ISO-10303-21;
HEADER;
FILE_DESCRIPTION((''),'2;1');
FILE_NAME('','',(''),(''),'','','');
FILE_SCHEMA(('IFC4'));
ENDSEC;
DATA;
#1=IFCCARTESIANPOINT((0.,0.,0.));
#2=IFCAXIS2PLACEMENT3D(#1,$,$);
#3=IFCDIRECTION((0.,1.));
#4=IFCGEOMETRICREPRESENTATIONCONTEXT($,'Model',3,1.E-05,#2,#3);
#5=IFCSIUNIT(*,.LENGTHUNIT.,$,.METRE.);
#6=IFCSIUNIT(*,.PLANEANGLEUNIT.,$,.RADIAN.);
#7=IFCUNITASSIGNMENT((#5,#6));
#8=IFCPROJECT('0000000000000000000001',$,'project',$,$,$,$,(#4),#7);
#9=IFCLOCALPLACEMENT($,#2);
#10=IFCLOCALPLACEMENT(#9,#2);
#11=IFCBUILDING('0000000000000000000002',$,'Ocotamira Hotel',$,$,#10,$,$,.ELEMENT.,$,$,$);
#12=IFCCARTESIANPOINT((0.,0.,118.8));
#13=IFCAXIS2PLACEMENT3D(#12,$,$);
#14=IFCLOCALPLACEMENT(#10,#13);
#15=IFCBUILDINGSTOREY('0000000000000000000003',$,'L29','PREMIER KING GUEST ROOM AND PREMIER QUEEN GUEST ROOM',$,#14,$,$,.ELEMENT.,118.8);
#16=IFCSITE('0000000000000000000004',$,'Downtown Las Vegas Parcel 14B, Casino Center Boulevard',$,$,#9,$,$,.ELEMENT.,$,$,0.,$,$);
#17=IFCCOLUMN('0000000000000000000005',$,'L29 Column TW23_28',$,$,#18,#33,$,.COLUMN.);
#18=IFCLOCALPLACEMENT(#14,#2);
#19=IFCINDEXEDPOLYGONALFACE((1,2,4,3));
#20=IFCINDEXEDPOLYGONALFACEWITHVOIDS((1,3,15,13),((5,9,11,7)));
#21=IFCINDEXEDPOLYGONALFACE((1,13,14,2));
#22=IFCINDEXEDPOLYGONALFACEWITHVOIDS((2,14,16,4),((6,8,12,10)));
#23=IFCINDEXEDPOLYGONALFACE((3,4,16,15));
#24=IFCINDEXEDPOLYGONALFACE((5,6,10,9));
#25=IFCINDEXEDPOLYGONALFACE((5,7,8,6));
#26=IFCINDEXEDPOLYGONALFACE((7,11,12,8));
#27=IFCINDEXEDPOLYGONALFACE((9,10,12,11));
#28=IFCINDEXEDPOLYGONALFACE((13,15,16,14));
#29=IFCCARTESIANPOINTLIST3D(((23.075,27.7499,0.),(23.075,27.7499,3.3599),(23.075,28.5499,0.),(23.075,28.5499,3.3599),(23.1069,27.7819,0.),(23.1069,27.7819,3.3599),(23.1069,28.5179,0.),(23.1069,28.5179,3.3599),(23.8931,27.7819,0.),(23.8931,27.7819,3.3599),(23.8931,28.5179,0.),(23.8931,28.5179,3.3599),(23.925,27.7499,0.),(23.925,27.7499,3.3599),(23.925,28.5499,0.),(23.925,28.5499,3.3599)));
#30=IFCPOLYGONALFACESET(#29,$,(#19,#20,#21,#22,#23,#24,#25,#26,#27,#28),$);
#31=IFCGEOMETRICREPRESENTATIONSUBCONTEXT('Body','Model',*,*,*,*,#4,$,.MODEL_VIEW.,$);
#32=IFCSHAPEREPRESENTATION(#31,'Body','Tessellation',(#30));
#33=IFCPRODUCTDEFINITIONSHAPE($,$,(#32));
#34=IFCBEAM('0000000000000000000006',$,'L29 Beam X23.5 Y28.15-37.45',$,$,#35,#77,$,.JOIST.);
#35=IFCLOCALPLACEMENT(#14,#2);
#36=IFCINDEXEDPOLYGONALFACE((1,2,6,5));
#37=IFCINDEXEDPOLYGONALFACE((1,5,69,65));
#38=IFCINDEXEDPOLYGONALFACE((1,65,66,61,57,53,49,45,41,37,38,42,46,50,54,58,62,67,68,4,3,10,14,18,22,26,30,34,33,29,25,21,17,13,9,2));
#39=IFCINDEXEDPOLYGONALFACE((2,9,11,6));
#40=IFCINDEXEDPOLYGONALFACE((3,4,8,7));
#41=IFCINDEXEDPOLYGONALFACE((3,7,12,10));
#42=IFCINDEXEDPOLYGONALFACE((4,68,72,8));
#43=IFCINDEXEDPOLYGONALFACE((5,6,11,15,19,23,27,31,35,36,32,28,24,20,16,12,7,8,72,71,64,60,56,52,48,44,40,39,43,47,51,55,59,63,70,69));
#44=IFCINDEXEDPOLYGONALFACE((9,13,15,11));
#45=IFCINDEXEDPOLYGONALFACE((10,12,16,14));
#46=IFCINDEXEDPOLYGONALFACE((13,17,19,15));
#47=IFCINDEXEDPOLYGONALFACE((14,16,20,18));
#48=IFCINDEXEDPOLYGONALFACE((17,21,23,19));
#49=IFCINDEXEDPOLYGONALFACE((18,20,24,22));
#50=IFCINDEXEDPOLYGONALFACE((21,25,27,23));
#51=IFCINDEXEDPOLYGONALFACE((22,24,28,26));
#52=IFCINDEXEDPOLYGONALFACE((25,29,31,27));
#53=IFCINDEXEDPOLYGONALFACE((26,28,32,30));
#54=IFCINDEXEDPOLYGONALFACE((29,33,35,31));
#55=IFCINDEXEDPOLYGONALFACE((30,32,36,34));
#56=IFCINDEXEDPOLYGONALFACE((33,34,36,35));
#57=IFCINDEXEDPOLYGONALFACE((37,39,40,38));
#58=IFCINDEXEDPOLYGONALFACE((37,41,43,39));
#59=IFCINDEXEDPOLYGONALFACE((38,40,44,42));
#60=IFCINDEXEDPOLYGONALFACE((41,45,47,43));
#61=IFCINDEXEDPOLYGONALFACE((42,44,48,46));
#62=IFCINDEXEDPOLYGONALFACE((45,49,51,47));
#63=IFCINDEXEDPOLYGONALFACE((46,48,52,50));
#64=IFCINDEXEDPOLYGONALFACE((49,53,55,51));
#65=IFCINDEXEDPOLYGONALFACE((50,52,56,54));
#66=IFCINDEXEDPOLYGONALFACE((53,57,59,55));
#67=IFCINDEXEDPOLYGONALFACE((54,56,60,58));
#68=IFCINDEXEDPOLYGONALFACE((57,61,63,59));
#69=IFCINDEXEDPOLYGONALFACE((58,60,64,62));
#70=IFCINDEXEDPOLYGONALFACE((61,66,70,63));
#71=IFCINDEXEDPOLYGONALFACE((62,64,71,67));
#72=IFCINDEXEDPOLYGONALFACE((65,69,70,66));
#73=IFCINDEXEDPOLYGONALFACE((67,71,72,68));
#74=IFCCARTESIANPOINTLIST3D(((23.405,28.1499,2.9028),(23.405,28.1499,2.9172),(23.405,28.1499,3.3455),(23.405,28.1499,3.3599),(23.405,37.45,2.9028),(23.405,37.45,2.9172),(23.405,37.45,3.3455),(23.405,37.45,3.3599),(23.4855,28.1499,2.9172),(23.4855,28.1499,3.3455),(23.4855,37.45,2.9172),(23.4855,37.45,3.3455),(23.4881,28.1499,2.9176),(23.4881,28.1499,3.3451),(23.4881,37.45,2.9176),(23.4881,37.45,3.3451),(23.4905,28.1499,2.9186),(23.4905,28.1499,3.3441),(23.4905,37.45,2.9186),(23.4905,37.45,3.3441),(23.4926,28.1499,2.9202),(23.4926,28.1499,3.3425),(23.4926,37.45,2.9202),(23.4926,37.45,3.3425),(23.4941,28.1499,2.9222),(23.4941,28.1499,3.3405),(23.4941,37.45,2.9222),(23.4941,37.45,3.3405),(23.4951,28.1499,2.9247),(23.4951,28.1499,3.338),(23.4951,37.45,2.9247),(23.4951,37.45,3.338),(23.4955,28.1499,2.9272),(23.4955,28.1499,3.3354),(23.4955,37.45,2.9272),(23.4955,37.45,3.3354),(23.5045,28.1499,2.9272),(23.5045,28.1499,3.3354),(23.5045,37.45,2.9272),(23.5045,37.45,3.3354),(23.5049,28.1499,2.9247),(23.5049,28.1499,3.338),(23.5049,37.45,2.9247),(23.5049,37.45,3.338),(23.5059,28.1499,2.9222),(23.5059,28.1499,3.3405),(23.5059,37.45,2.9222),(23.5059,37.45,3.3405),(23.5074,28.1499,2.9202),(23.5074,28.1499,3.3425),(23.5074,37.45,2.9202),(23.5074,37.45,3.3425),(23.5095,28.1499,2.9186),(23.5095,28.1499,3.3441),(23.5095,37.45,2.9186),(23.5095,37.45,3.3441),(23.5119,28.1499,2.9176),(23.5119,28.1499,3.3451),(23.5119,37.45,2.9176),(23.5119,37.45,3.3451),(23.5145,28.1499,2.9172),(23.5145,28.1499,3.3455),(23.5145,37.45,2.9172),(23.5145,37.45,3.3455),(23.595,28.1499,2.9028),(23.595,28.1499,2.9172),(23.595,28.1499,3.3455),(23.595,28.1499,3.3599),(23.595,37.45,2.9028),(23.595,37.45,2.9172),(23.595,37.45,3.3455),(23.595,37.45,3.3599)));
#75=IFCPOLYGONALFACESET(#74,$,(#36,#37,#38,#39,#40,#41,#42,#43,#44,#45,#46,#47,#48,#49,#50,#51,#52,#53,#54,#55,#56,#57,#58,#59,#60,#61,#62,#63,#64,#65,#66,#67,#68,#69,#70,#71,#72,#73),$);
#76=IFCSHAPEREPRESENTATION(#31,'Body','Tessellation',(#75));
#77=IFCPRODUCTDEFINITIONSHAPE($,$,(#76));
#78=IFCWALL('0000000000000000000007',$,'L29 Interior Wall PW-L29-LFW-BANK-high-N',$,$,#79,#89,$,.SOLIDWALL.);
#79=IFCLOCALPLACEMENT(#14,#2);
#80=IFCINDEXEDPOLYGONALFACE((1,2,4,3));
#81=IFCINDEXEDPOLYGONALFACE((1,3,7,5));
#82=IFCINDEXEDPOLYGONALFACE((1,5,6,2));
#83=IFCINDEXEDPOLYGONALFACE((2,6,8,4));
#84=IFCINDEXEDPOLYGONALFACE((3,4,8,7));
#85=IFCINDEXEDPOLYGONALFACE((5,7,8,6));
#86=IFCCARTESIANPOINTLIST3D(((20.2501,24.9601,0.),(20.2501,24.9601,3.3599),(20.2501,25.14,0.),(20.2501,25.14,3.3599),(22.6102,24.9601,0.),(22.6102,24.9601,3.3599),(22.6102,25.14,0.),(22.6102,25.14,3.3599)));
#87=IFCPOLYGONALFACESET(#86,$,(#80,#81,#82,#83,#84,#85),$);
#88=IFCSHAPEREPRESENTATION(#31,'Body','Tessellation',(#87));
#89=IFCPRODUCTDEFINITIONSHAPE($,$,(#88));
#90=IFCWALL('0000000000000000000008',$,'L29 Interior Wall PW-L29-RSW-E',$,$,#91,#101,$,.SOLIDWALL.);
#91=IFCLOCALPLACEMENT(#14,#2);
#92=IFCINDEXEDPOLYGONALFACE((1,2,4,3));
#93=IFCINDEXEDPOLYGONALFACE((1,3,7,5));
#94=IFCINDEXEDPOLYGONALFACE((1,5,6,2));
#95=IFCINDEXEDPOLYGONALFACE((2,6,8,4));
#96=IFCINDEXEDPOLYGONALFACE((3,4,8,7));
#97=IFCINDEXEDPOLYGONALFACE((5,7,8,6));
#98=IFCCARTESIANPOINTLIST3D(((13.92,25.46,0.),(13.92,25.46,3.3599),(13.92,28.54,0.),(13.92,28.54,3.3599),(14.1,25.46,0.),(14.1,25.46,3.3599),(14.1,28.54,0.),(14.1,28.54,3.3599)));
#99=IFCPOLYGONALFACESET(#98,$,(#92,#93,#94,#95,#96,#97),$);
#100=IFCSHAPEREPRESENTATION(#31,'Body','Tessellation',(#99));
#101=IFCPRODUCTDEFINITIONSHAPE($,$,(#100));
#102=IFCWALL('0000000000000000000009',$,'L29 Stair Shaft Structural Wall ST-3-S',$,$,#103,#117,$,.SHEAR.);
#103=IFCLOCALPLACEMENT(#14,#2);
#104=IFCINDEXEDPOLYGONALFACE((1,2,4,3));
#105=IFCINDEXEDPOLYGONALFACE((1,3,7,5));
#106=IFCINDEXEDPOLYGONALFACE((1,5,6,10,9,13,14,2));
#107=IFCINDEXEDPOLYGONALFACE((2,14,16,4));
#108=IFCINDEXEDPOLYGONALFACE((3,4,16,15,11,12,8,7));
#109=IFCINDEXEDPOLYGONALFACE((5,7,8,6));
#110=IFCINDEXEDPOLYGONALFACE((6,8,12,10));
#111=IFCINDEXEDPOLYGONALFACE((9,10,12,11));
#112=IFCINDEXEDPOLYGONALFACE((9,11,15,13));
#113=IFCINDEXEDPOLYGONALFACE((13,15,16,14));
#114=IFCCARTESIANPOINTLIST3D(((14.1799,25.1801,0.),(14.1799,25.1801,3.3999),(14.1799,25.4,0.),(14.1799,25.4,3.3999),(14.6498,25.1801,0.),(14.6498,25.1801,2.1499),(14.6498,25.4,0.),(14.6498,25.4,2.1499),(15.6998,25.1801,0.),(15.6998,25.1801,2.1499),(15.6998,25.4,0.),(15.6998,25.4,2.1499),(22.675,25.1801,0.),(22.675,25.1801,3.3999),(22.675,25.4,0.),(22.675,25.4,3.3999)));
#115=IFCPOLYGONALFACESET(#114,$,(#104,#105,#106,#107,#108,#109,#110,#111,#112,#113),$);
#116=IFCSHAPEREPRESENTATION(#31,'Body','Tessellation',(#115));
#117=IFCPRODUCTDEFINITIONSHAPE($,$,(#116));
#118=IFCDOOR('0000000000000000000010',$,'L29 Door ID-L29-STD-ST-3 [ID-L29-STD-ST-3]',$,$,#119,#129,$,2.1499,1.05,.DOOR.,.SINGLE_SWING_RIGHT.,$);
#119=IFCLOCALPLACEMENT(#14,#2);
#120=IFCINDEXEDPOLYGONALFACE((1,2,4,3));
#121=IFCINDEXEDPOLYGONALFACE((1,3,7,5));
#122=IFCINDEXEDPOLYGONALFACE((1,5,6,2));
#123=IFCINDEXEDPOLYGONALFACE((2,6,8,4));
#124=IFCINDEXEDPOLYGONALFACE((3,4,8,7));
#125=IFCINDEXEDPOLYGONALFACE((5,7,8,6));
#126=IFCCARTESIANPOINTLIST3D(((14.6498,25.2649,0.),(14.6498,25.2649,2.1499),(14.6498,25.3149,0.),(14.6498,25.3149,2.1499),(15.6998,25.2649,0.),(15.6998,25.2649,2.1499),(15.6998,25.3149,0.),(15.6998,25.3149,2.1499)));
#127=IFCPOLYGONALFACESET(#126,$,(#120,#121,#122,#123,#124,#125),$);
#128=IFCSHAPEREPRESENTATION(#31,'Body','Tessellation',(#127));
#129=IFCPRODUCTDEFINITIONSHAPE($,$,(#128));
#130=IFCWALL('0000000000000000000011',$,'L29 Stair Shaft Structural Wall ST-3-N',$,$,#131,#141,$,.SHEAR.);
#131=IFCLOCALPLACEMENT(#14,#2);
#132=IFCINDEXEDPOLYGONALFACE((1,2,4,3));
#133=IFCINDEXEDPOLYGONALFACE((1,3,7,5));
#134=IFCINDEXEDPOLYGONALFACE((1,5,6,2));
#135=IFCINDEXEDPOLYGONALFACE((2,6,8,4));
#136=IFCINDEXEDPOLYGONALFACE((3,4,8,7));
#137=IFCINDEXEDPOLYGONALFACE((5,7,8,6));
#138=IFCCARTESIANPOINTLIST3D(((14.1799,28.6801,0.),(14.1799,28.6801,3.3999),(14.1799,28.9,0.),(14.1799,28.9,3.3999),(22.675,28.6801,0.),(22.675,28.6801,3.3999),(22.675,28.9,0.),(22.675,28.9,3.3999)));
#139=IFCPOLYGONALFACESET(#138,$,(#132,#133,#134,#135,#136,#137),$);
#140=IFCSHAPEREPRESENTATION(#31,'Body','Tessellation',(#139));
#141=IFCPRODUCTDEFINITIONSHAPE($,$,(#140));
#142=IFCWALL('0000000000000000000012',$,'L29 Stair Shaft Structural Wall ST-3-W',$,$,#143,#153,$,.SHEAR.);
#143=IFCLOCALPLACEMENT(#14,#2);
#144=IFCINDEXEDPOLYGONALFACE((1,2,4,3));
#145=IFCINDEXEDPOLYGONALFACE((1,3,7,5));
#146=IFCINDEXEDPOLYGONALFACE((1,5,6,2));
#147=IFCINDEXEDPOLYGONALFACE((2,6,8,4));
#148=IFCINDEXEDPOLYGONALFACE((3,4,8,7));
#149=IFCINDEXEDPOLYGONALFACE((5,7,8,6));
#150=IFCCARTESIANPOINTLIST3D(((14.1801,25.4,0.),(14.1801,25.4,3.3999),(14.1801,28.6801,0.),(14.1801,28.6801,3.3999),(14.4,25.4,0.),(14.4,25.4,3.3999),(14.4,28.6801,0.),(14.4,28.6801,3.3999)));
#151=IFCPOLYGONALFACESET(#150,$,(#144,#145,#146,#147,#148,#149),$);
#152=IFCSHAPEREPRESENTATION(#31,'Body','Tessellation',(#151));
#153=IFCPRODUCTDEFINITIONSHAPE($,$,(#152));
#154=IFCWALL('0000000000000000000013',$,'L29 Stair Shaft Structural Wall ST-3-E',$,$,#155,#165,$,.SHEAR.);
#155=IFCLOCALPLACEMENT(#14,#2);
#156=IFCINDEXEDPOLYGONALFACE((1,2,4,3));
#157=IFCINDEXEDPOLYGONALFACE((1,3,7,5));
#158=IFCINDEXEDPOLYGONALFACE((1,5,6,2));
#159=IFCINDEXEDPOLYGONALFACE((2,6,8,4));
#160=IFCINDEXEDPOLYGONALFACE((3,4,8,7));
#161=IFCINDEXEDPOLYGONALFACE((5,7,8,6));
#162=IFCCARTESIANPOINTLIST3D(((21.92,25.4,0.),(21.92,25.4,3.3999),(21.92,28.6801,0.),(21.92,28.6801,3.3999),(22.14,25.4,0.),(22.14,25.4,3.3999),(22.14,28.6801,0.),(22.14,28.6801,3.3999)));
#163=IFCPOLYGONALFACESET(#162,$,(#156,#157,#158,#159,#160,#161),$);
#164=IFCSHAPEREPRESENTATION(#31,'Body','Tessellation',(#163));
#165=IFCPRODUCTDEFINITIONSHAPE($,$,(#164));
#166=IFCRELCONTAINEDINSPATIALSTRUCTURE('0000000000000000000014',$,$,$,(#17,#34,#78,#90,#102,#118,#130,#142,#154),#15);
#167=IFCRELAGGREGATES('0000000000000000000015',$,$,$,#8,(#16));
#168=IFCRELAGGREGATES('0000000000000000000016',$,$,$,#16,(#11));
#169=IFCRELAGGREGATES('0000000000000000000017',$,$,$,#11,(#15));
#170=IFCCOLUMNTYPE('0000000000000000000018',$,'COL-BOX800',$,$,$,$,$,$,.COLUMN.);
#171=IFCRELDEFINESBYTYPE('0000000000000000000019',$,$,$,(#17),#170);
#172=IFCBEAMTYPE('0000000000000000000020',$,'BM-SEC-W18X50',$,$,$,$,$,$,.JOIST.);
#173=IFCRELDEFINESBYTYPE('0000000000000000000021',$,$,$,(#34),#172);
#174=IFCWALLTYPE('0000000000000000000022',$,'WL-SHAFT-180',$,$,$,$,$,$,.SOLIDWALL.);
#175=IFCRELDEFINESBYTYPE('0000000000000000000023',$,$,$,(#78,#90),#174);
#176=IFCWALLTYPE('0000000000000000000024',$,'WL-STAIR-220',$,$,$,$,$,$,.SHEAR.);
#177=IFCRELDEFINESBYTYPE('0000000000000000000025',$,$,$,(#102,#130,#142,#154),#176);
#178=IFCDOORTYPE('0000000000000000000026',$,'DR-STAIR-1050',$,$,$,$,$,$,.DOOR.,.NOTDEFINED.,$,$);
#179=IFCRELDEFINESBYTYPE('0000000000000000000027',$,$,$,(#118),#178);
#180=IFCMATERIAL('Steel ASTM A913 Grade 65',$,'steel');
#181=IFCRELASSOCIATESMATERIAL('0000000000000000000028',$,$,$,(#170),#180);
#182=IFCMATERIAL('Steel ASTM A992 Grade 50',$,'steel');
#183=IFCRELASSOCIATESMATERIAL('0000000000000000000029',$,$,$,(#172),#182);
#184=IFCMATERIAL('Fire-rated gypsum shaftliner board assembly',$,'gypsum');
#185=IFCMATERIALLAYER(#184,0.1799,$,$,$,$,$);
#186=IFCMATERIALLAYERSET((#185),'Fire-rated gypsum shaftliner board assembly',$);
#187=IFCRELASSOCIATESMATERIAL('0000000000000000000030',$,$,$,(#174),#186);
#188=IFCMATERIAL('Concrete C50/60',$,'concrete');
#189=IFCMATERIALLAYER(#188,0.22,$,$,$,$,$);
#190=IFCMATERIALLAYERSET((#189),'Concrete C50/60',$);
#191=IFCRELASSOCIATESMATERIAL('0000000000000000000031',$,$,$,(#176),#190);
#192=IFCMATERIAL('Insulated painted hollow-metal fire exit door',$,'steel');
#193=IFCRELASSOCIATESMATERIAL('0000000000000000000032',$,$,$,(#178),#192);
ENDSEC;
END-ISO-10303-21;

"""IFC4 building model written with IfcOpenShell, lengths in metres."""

from ifc_helpers import new_model, si_unit, direction, frame, frame_2d, origin, origin_2d, place, context, subcontext, project, spatial, rectangle, hollow_rectangle, i_section, extrude, source, transform, mapped, material, layer, layer_set, material_profile, profile_set, type_object, element, fill, save


model = new_model("IFC4")

# Units and contexts
model_context = context("Model", 3, precision=1e-05, world=origin(), true_north=direction((0.0, 1.0)))
body_context = subcontext(model_context, "Body", "Model", "MODEL_VIEW")
ifc_project = project(units=[si_unit("LENGTHUNIT", "METRE"), si_unit("PLANEANGLEUNIT", "RADIAN")], contexts=[model_context])

# Site, building, storey
site_placement = place(None, origin())
site = spatial("IfcSite", under=ifc_project, at=site_placement, Name="Downtown Las Vegas Parcel 14B, Casino Center Boulevard", CompositionType="ELEMENT", RefElevation=0.0)
building_placement = place(site_placement, origin())
building = spatial("IfcBuilding", under=site, at=building_placement, Name="Ocotamira Hotel", CompositionType="ELEMENT")
storey_placement = place(building_placement, frame((0.0, 0.0, 118.8)))
storey = spatial("IfcBuildingStorey", under=building, at=storey_placement, Name="L29", Description="PREMIER KING GUEST ROOM AND PREMIER QUEEN GUEST ROOM", CompositionType="ELEMENT", Elevation=118.8)

# Column
ifc_material_1 = material(Name="Steel ASTM A913 Grade 65", Category="steel")
ifc_material_profile_1 = material_profile(ifc_material_1, hollow_rectangle(XDim=0.8501, YDim=0.8, WallThickness=0.032, at=origin_2d()), Name="BOX800X850X32")
ifc_profile_set_1 = profile_set([ifc_material_profile_1], Name="Steel ASTM A913 Grade 65")
column_type = type_object("IfcColumnType", Name="COL-BOX800", PredefinedType="COLUMN", material=ifc_profile_set_1)
shared_shape_1 = source(origin(), body_context, "Body", "SweptSolid", [
    extrude(hollow_rectangle(XDim=0.8501, YDim=0.8, WallThickness=0.032, at=origin_2d()), origin(), (0.0, 0.0, 1.0), 3.3599),
])
column_placement = place(storey_placement, frame((23.5, 28.1499, 0.0), z_axis=(0.0, 0.0, 1.0), x_axis=(1.0, 0.0, 0.0)))
element("IfcColumn", 1, at=column_placement, inside=storey, type_object=column_type, Name="L29 Column TW23_28", PredefinedType="COLUMN", context=body_context, shape_type="MappedRepresentation", body=[
    mapped(shared_shape_1, transform((0.0, 0.0, 0.0), scale=1.0)),
])

# Beam
ifc_material_2 = material(Name="Steel ASTM A992 Grade 50", Category="steel")
ifc_material_profile_2 = material_profile(ifc_material_2, i_section(OverallWidth=0.1899, OverallDepth=0.457, WebThickness=0.009, FlangeThickness=0.0144, FilletRadius=0.01, at=origin_2d()), Name="W18X50")
ifc_profile_set_2 = profile_set([ifc_material_profile_2], Name="Steel ASTM A992 Grade 50")
beam_type = type_object("IfcBeamType", Name="BM-SEC-W18X50", PredefinedType="JOIST", material=ifc_profile_set_2)
shared_shape_2 = source(origin(), body_context, "Body", "SweptSolid", [
    extrude(i_section(OverallWidth=0.1899, OverallDepth=0.457, WebThickness=0.009, FlangeThickness=0.0144, FilletRadius=0.01, at=origin_2d()), origin(), (0.0, 0.0, 1.0), 9.3),
])
beam_placement = place(storey_placement, frame((23.5, 28.1499, 3.1313), z_axis=(0.0, 1.0, 0.0), x_axis=(-1.0, 0.0, 0.0)))
element("IfcBeam", 2, at=beam_placement, inside=storey, type_object=beam_type, Name="L29 Beam X23.5 Y28.15-37.45", PredefinedType="JOIST", context=body_context, shape_type="MappedRepresentation", body=[
    mapped(shared_shape_2, transform((0.0, 0.0, 0.0), scale=1.0)),
])

# Walls
ifc_material_3 = material(Name="Fire-rated gypsum shaftliner board assembly", Category="gypsum")
ifc_layer_1 = layer(ifc_material_3, 0.1799)
ifc_layer_set_1 = layer_set([ifc_layer_1], Name="Fire-rated gypsum shaftliner board assembly")
wall_type_1 = type_object("IfcWallType", Name="WL-SHAFT-180", PredefinedType="SOLIDWALL", material=ifc_layer_set_1)
wall_1_placement = place(storey_placement, frame((20.25, 25.05, 0.0), z_axis=(0.0, 0.0, 1.0), x_axis=(1.0, 0.0, 0.0)))
element("IfcWall", 3, at=wall_1_placement, inside=storey, type_object=wall_type_1, Name="L29 Interior Wall PW-L29-LFW-BANK-high-N", PredefinedType="SOLIDWALL", context=body_context, shape_type="SweptSolid", body=[
    extrude(rectangle(XDim=2.3601, YDim=0.1799, at=frame_2d((1.1802, 0.0))), origin(), (0.0, 0.0, 1.0), 3.3599),
])
wall_2_placement = place(storey_placement, frame((14.01, 25.46, 0.0), z_axis=(0.0, 0.0, 1.0), x_axis=(0.0, 1.0, 0.0)))
element("IfcWall", 4, at=wall_2_placement, inside=storey, type_object=wall_type_1, Name="L29 Interior Wall PW-L29-RSW-E", PredefinedType="SOLIDWALL", context=body_context, shape_type="SweptSolid", body=[
    extrude(rectangle(XDim=3.0801, YDim=0.1799, at=frame_2d((1.54, 0.0))), origin(), (0.0, 0.0, 1.0), 3.3599),
])

# Wall, opening, door
ifc_material_4 = material(Name="Concrete C50/60", Category="concrete")
ifc_layer_2 = layer(ifc_material_4, 0.22)
ifc_layer_set_2 = layer_set([ifc_layer_2], Name="Concrete C50/60")
wall_type_2 = type_object("IfcWallType", Name="WL-STAIR-220", PredefinedType="SHEAR", material=ifc_layer_set_2)
wall_3_placement = place(storey_placement, frame((14.1799, 25.29, 0.0), z_axis=(0.0, 0.0, 1.0), x_axis=(1.0, 0.0, 0.0)))
wall_3 = element("IfcWall", 5, at=wall_3_placement, inside=storey, type_object=wall_type_2, Name="L29 Stair Shaft Structural Wall ST-3-S", PredefinedType="SHEAR", context=body_context, shape_type="SweptSolid", body=[
    extrude(rectangle(XDim=8.4951, YDim=0.22, at=frame_2d((4.2476, 0.0))), origin(), (0.0, 0.0, 1.0), 3.3999),
])
opening_1_placement = place(wall_3_placement, frame((0.47, 0.0, 0.0)))
opening_1 = element("IfcOpeningElement", 6, at=opening_1_placement, cuts=wall_3, PredefinedType="OPENING", context=body_context, shape_type="SweptSolid", body=[
    extrude(rectangle(XDim=1.05, YDim=2.1499, at=frame_2d((0.5249, 1.075))), frame((0.0, 0.1201, 0.0), z_axis=(0.0, -1.0, 0.0), x_axis=(1.0, 0.0, 0.0)), (0.0, 0.0, 1.0), 0.24),
])
ifc_material_5 = material(Name="Insulated painted hollow-metal fire exit door", Category="steel")
door_type_1 = type_object("IfcDoorType", Name="DR-STAIR-1050", OperationType="NOTDEFINED", PredefinedType="DOOR", material=ifc_material_5)
shared_shape_3 = source(origin(), body_context, "Body", "SweptSolid", [
    extrude(rectangle(XDim=1.05, YDim=2.1499, at=frame_2d((0.5249, 1.075))), frame((0.0, 0.0249, 0.0), z_axis=(0.0, -1.0, 0.0), x_axis=(1.0, 0.0, 0.0)), (0.0, 0.0, 1.0), 0.05),
])
door_1_placement = place(opening_1_placement, origin())
door_1 = element("IfcDoor", 7, at=door_1_placement, inside=storey, type_object=door_type_1, Name="L29 Door ID-L29-STD-ST-3 [ID-L29-STD-ST-3]", OperationType="SINGLE_SWING_RIGHT", OverallHeight=2.1499, OverallWidth=1.05, PredefinedType="DOOR", context=body_context, shape_type="MappedRepresentation", body=[
    mapped(shared_shape_3, transform((0.0, 0.0, 0.0), scale=1.0)),
])
fill(opening_1, door_1)

# Walls
wall_4_placement = place(storey_placement, frame((14.1799, 28.79, 0.0), z_axis=(0.0, 0.0, 1.0), x_axis=(1.0, 0.0, 0.0)))
element("IfcWall", 8, at=wall_4_placement, inside=storey, type_object=wall_type_2, Name="L29 Stair Shaft Structural Wall ST-3-N", PredefinedType="SHEAR", context=body_context, shape_type="SweptSolid", body=[
    extrude(rectangle(XDim=8.4951, YDim=0.22, at=frame_2d((4.2476, 0.0))), origin(), (0.0, 0.0, 1.0), 3.3999),
])
for number, where, z_axis, x_axis, name in (
    (9, (14.29, 25.3999, 0.0), (0.0, 0.0, 1.0), (0.0, 1.0, 0.0), "L29 Stair Shaft Structural Wall ST-3-W"),
    (10, (22.03, 25.3999, 0.0), (0.0, 0.0, 1.0), (0.0, 1.0, 0.0), "L29 Stair Shaft Structural Wall ST-3-E"),
):
    element("IfcWall", number, at=place(storey_placement, frame(where, z_axis=z_axis, x_axis=x_axis)), inside=storey, type_object=wall_type_2, Name=name, PredefinedType="SHEAR", context=body_context, shape_type="SweptSolid", body=[
        extrude(rectangle(XDim=3.28, YDim=0.22, at=frame_2d((1.6401, 0.0))), origin(), (0.0, 0.0, 1.0), 3.3999),
    ])

save(model, "model.ifc")
